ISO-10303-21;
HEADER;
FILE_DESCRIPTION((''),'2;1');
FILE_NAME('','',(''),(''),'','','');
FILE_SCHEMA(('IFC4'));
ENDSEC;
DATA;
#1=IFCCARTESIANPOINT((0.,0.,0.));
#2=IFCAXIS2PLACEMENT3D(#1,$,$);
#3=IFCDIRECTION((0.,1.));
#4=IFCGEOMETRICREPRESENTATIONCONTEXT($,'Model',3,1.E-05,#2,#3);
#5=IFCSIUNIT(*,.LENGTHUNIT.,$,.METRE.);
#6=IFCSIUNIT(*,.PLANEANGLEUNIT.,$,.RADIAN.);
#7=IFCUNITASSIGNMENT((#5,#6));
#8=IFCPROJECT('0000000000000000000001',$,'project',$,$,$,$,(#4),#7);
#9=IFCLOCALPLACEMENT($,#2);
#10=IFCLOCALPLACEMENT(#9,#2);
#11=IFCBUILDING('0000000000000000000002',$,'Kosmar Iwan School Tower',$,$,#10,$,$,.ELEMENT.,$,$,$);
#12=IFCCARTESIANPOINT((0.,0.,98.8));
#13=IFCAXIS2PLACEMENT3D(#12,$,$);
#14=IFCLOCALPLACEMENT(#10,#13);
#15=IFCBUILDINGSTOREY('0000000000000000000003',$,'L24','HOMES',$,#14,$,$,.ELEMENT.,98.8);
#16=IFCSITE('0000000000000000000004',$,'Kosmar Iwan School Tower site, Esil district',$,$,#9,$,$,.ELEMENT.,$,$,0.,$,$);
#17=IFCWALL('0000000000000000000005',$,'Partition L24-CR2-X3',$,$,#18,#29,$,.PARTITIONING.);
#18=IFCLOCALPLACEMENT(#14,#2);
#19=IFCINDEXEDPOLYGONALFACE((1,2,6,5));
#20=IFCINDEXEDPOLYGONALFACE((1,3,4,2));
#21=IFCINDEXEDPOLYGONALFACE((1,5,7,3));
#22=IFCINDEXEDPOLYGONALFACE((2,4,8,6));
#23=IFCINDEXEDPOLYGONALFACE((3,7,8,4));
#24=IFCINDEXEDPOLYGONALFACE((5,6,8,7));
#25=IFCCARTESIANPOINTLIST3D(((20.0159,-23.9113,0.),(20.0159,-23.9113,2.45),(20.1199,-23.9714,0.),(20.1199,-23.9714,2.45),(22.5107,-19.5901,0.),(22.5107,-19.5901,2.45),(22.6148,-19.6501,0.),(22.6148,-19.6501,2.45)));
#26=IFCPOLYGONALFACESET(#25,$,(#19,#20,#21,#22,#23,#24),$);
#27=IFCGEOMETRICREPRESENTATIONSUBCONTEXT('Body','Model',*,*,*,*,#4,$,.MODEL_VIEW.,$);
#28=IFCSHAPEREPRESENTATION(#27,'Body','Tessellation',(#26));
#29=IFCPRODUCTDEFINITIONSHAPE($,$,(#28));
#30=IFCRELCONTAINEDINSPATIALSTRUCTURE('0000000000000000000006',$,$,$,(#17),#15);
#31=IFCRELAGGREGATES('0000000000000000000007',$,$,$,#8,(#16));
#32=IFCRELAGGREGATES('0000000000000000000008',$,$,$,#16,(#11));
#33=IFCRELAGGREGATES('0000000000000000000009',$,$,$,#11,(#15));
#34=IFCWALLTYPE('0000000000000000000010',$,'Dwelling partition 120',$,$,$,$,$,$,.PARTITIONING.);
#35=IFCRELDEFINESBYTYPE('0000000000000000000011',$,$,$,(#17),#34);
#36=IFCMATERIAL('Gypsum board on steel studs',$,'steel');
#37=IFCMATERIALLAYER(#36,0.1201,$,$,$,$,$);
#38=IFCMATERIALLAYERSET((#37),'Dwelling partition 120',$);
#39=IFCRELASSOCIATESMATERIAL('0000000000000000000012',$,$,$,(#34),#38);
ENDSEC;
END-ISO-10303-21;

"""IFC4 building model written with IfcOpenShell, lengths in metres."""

from ifc_helpers import new_model, si_unit, direction, frame, frame_2d, origin, place, context, subcontext, project, spatial, rectangle, extrude, material, layer, layer_set, type_object, element, save


model = new_model("IFC4")

# Units and contexts
model_context = context("Model", 3, precision=1e-05, world=origin(), true_north=direction((0.0, 1.0)))
body_context = subcontext(model_context, "Body", "Model", "MODEL_VIEW")
ifc_project = project(units=[si_unit("LENGTHUNIT", "METRE"), si_unit("PLANEANGLEUNIT", "RADIAN")], contexts=[model_context])

# Site, building, storey
site_placement = place(None, origin())
site = spatial("IfcSite", under=ifc_project, at=site_placement, Name="Kosmar Iwan School Tower site, Esil district", CompositionType="ELEMENT", RefElevation=0.0)
building_placement = place(site_placement, origin())
building = spatial("IfcBuilding", under=site, at=building_placement, Name="Kosmar Iwan School Tower", CompositionType="ELEMENT")
storey_placement = place(building_placement, frame((0.0, 0.0, 98.8)))
storey = spatial("IfcBuildingStorey", under=building, at=storey_placement, Name="L24", Description="HOMES", CompositionType="ELEMENT", Elevation=98.8)

# Wall
ifc_material_1 = material(Name="Gypsum board on steel studs", Category="steel")
ifc_layer = layer(ifc_material_1, 0.1201)
ifc_layer_set = layer_set([ifc_layer], Name="Dwelling partition 120")
wall_type = type_object("IfcWallType", Name="Dwelling partition 120", PredefinedType="PARTITIONING", material=ifc_layer_set)
wall_1_placement = place(storey_placement, frame((22.5627, -19.6201, 0.0), z_axis=(0.0, 0.0, 1.0), x_axis=(-0.499996, -0.866028, 0.0)))
element("IfcWall", 1, at=wall_1_placement, inside=storey, type_object=wall_type, Name="Partition L24-CR2-X3", PredefinedType="PARTITIONING", context=body_context, shape_type="SweptSolid", body=[
    extrude(rectangle(XDim=4.9897, YDim=0.1201, at=frame_2d((2.4949, 0.0))), origin(), (0.0, 0.0, 1.0), 2.45),
])

save(model, "model.ifc")
